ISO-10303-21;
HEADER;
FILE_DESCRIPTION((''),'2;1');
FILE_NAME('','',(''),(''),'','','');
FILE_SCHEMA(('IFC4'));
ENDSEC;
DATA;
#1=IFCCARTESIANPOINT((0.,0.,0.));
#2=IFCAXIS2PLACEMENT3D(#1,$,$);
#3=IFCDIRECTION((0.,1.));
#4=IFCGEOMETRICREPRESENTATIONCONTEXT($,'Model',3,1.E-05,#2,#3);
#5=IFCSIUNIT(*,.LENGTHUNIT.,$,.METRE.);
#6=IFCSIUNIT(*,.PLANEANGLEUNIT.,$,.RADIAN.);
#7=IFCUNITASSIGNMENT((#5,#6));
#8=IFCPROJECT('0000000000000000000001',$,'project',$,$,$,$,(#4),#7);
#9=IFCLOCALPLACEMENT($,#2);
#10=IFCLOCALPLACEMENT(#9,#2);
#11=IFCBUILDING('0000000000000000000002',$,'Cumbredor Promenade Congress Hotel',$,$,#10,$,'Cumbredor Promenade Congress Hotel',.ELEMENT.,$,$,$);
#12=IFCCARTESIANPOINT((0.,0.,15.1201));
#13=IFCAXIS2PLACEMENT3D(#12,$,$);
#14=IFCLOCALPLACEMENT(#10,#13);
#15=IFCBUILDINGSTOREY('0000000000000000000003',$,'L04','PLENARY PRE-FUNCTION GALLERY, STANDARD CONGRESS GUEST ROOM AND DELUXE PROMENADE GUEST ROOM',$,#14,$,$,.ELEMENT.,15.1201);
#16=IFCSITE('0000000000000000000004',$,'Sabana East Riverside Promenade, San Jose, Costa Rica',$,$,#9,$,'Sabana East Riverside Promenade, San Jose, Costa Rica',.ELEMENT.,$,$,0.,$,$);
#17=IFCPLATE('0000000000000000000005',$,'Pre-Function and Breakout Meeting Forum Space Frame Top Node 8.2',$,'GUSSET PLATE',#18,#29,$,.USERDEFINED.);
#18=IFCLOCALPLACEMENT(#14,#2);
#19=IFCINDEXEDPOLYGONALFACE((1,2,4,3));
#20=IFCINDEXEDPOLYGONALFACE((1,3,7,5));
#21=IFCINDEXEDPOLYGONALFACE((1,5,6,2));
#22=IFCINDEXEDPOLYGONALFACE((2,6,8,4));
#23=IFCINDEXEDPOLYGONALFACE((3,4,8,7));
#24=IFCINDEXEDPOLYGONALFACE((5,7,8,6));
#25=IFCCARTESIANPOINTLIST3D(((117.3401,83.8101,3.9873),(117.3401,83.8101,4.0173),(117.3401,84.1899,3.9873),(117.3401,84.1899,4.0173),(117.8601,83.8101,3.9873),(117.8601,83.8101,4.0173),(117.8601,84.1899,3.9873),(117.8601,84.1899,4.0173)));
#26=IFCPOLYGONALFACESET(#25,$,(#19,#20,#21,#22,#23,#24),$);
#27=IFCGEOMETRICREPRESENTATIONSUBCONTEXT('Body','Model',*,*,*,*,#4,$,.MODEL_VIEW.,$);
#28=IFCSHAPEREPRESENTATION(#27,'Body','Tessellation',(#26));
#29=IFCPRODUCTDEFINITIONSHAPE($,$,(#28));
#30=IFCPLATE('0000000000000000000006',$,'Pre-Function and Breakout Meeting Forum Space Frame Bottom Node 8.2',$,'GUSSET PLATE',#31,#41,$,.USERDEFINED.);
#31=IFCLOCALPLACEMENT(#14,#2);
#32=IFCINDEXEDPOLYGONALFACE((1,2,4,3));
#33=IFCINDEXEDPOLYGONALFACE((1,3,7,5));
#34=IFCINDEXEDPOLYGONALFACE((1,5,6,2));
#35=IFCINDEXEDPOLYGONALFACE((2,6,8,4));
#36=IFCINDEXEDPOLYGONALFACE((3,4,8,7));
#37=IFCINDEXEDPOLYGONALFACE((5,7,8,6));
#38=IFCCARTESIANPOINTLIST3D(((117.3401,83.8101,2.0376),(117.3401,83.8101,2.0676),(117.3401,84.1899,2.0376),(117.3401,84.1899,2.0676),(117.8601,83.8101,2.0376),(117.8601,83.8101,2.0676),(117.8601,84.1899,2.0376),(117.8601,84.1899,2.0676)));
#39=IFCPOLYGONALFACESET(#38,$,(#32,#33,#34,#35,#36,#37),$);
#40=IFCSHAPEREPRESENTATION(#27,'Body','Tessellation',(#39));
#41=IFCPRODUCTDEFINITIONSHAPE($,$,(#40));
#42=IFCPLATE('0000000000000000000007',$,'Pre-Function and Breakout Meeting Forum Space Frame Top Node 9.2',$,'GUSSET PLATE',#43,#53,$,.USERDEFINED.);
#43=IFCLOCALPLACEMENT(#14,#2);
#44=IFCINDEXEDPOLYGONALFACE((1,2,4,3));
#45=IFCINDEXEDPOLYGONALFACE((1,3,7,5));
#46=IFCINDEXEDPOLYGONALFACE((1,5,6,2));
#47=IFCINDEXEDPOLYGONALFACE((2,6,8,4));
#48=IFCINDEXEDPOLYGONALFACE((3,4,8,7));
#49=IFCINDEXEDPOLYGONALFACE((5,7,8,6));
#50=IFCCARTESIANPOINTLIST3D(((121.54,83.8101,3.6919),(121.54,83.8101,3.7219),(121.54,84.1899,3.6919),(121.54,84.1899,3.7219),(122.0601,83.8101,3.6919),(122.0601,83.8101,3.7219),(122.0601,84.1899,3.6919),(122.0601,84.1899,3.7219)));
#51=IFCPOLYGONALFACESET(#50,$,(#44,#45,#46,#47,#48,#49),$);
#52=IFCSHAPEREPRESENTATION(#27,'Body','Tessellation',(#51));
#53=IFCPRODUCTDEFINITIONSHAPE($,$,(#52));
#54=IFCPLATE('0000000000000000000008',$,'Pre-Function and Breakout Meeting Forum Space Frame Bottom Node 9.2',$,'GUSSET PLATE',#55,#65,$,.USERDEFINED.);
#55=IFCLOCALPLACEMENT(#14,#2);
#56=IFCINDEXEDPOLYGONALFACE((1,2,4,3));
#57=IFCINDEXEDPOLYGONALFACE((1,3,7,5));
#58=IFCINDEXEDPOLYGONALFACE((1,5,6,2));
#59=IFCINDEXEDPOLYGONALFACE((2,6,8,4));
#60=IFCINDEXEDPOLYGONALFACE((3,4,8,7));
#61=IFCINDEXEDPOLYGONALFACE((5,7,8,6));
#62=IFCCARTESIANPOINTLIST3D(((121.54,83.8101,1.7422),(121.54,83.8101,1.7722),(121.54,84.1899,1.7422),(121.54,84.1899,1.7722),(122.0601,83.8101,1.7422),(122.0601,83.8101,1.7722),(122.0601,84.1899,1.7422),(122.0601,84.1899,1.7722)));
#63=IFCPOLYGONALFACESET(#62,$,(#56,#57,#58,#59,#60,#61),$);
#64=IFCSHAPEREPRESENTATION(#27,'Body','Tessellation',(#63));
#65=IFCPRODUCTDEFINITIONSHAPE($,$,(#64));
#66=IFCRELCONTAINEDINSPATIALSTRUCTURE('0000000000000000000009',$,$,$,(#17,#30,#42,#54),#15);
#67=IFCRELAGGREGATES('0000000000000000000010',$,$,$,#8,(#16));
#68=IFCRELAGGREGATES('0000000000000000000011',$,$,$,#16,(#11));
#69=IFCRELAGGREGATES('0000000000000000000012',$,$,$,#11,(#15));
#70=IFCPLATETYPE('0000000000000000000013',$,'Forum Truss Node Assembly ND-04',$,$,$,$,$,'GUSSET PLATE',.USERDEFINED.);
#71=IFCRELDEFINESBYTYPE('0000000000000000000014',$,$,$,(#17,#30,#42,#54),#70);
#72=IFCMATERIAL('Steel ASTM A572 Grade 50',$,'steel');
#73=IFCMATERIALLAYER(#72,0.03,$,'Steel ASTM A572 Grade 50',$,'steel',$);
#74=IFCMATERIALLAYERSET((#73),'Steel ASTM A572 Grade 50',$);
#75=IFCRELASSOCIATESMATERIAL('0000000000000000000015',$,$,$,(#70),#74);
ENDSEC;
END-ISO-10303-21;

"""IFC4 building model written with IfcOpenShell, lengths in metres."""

from ifc_helpers import new_model, si_unit, direction, frame, origin, origin_2d, place, context, subcontext, project, spatial, rectangle, extrude, material, layer, layer_set, type_object, element, save


model = new_model("IFC4")

# Units and contexts
model_context = context("Model", 3, precision=1e-05, world=origin(), true_north=direction((0.0, 1.0)))
body_context = subcontext(model_context, "Body", "Model", "MODEL_VIEW")
ifc_project = project(units=[si_unit("LENGTHUNIT", "METRE"), si_unit("PLANEANGLEUNIT", "RADIAN")], contexts=[model_context])

# Site, building, storey
site_placement = place(None, origin())
site = spatial("IfcSite", under=ifc_project, at=site_placement, Name="Sabana East Riverside Promenade, San Jose, Costa Rica", LongName="Sabana East Riverside Promenade, San Jose, Costa Rica", CompositionType="ELEMENT", RefElevation=0.0)
building_placement = place(site_placement, origin())
building = spatial("IfcBuilding", under=site, at=building_placement, Name="Cumbredor Promenade Congress Hotel", LongName="Cumbredor Promenade Congress Hotel", CompositionType="ELEMENT")
storey_placement = place(building_placement, frame((0.0, 0.0, 15.1201)))
storey = spatial("IfcBuildingStorey", under=building, at=storey_placement, Name="L04", Description="PLENARY PRE-FUNCTION GALLERY, STANDARD CONGRESS GUEST ROOM AND DELUXE PROMENADE GUEST ROOM", CompositionType="ELEMENT", Elevation=15.1201)

# Plates
ifc_material_1 = material(Name="Steel ASTM A572 Grade 50", Category="steel")
ifc_layer_1 = layer(ifc_material_1, 0.03, Name="Steel ASTM A572 Grade 50", Category="steel")
ifc_layer_set_1 = layer_set([ifc_layer_1], Name="Steel ASTM A572 Grade 50")
plate_type_1 = type_object("IfcPlateType", Name="Forum Truss Node Assembly ND-04", ElementType="GUSSET PLATE", PredefinedType="USERDEFINED", material=ifc_layer_set_1)
for number, where, z_axis, x_axis, name in (
    (1, (117.6001, 84.0, 3.9873), (0.0, 0.0, 1.0), (1.0, 0.0, 0.0), "Pre-Function and Breakout Meeting Forum Space Frame Top Node 8.2"),
    (2, (117.6001, 84.0, 2.0376), (0.0, 0.0, 1.0), (1.0, 0.0, 0.0), "Pre-Function and Breakout Meeting Forum Space Frame Bottom Node 8.2"),
    (3, (121.8, 84.0, 3.6919), (0.0, 0.0, 1.0), (1.0, 0.0, 0.0), "Pre-Function and Breakout Meeting Forum Space Frame Top Node 9.2"),
    (4, (121.8, 84.0, 1.7422), (0.0, 0.0, 1.0), (1.0, 0.0, 0.0), "Pre-Function and Breakout Meeting Forum Space Frame Bottom Node 9.2"),
):
    element("IfcPlate", number, at=place(storey_placement, frame(where, z_axis=z_axis, x_axis=x_axis)), inside=storey, type_object=plate_type_1, Name=name, ObjectType="GUSSET PLATE", PredefinedType="USERDEFINED", context=body_context, shape_type="SweptSolid", body=[
        extrude(rectangle(XDim=0.52, YDim=0.3799, at=origin_2d()), origin(), (0.0, 0.0, 1.0), 0.03),
    ])

save(model, "model.ifc")
